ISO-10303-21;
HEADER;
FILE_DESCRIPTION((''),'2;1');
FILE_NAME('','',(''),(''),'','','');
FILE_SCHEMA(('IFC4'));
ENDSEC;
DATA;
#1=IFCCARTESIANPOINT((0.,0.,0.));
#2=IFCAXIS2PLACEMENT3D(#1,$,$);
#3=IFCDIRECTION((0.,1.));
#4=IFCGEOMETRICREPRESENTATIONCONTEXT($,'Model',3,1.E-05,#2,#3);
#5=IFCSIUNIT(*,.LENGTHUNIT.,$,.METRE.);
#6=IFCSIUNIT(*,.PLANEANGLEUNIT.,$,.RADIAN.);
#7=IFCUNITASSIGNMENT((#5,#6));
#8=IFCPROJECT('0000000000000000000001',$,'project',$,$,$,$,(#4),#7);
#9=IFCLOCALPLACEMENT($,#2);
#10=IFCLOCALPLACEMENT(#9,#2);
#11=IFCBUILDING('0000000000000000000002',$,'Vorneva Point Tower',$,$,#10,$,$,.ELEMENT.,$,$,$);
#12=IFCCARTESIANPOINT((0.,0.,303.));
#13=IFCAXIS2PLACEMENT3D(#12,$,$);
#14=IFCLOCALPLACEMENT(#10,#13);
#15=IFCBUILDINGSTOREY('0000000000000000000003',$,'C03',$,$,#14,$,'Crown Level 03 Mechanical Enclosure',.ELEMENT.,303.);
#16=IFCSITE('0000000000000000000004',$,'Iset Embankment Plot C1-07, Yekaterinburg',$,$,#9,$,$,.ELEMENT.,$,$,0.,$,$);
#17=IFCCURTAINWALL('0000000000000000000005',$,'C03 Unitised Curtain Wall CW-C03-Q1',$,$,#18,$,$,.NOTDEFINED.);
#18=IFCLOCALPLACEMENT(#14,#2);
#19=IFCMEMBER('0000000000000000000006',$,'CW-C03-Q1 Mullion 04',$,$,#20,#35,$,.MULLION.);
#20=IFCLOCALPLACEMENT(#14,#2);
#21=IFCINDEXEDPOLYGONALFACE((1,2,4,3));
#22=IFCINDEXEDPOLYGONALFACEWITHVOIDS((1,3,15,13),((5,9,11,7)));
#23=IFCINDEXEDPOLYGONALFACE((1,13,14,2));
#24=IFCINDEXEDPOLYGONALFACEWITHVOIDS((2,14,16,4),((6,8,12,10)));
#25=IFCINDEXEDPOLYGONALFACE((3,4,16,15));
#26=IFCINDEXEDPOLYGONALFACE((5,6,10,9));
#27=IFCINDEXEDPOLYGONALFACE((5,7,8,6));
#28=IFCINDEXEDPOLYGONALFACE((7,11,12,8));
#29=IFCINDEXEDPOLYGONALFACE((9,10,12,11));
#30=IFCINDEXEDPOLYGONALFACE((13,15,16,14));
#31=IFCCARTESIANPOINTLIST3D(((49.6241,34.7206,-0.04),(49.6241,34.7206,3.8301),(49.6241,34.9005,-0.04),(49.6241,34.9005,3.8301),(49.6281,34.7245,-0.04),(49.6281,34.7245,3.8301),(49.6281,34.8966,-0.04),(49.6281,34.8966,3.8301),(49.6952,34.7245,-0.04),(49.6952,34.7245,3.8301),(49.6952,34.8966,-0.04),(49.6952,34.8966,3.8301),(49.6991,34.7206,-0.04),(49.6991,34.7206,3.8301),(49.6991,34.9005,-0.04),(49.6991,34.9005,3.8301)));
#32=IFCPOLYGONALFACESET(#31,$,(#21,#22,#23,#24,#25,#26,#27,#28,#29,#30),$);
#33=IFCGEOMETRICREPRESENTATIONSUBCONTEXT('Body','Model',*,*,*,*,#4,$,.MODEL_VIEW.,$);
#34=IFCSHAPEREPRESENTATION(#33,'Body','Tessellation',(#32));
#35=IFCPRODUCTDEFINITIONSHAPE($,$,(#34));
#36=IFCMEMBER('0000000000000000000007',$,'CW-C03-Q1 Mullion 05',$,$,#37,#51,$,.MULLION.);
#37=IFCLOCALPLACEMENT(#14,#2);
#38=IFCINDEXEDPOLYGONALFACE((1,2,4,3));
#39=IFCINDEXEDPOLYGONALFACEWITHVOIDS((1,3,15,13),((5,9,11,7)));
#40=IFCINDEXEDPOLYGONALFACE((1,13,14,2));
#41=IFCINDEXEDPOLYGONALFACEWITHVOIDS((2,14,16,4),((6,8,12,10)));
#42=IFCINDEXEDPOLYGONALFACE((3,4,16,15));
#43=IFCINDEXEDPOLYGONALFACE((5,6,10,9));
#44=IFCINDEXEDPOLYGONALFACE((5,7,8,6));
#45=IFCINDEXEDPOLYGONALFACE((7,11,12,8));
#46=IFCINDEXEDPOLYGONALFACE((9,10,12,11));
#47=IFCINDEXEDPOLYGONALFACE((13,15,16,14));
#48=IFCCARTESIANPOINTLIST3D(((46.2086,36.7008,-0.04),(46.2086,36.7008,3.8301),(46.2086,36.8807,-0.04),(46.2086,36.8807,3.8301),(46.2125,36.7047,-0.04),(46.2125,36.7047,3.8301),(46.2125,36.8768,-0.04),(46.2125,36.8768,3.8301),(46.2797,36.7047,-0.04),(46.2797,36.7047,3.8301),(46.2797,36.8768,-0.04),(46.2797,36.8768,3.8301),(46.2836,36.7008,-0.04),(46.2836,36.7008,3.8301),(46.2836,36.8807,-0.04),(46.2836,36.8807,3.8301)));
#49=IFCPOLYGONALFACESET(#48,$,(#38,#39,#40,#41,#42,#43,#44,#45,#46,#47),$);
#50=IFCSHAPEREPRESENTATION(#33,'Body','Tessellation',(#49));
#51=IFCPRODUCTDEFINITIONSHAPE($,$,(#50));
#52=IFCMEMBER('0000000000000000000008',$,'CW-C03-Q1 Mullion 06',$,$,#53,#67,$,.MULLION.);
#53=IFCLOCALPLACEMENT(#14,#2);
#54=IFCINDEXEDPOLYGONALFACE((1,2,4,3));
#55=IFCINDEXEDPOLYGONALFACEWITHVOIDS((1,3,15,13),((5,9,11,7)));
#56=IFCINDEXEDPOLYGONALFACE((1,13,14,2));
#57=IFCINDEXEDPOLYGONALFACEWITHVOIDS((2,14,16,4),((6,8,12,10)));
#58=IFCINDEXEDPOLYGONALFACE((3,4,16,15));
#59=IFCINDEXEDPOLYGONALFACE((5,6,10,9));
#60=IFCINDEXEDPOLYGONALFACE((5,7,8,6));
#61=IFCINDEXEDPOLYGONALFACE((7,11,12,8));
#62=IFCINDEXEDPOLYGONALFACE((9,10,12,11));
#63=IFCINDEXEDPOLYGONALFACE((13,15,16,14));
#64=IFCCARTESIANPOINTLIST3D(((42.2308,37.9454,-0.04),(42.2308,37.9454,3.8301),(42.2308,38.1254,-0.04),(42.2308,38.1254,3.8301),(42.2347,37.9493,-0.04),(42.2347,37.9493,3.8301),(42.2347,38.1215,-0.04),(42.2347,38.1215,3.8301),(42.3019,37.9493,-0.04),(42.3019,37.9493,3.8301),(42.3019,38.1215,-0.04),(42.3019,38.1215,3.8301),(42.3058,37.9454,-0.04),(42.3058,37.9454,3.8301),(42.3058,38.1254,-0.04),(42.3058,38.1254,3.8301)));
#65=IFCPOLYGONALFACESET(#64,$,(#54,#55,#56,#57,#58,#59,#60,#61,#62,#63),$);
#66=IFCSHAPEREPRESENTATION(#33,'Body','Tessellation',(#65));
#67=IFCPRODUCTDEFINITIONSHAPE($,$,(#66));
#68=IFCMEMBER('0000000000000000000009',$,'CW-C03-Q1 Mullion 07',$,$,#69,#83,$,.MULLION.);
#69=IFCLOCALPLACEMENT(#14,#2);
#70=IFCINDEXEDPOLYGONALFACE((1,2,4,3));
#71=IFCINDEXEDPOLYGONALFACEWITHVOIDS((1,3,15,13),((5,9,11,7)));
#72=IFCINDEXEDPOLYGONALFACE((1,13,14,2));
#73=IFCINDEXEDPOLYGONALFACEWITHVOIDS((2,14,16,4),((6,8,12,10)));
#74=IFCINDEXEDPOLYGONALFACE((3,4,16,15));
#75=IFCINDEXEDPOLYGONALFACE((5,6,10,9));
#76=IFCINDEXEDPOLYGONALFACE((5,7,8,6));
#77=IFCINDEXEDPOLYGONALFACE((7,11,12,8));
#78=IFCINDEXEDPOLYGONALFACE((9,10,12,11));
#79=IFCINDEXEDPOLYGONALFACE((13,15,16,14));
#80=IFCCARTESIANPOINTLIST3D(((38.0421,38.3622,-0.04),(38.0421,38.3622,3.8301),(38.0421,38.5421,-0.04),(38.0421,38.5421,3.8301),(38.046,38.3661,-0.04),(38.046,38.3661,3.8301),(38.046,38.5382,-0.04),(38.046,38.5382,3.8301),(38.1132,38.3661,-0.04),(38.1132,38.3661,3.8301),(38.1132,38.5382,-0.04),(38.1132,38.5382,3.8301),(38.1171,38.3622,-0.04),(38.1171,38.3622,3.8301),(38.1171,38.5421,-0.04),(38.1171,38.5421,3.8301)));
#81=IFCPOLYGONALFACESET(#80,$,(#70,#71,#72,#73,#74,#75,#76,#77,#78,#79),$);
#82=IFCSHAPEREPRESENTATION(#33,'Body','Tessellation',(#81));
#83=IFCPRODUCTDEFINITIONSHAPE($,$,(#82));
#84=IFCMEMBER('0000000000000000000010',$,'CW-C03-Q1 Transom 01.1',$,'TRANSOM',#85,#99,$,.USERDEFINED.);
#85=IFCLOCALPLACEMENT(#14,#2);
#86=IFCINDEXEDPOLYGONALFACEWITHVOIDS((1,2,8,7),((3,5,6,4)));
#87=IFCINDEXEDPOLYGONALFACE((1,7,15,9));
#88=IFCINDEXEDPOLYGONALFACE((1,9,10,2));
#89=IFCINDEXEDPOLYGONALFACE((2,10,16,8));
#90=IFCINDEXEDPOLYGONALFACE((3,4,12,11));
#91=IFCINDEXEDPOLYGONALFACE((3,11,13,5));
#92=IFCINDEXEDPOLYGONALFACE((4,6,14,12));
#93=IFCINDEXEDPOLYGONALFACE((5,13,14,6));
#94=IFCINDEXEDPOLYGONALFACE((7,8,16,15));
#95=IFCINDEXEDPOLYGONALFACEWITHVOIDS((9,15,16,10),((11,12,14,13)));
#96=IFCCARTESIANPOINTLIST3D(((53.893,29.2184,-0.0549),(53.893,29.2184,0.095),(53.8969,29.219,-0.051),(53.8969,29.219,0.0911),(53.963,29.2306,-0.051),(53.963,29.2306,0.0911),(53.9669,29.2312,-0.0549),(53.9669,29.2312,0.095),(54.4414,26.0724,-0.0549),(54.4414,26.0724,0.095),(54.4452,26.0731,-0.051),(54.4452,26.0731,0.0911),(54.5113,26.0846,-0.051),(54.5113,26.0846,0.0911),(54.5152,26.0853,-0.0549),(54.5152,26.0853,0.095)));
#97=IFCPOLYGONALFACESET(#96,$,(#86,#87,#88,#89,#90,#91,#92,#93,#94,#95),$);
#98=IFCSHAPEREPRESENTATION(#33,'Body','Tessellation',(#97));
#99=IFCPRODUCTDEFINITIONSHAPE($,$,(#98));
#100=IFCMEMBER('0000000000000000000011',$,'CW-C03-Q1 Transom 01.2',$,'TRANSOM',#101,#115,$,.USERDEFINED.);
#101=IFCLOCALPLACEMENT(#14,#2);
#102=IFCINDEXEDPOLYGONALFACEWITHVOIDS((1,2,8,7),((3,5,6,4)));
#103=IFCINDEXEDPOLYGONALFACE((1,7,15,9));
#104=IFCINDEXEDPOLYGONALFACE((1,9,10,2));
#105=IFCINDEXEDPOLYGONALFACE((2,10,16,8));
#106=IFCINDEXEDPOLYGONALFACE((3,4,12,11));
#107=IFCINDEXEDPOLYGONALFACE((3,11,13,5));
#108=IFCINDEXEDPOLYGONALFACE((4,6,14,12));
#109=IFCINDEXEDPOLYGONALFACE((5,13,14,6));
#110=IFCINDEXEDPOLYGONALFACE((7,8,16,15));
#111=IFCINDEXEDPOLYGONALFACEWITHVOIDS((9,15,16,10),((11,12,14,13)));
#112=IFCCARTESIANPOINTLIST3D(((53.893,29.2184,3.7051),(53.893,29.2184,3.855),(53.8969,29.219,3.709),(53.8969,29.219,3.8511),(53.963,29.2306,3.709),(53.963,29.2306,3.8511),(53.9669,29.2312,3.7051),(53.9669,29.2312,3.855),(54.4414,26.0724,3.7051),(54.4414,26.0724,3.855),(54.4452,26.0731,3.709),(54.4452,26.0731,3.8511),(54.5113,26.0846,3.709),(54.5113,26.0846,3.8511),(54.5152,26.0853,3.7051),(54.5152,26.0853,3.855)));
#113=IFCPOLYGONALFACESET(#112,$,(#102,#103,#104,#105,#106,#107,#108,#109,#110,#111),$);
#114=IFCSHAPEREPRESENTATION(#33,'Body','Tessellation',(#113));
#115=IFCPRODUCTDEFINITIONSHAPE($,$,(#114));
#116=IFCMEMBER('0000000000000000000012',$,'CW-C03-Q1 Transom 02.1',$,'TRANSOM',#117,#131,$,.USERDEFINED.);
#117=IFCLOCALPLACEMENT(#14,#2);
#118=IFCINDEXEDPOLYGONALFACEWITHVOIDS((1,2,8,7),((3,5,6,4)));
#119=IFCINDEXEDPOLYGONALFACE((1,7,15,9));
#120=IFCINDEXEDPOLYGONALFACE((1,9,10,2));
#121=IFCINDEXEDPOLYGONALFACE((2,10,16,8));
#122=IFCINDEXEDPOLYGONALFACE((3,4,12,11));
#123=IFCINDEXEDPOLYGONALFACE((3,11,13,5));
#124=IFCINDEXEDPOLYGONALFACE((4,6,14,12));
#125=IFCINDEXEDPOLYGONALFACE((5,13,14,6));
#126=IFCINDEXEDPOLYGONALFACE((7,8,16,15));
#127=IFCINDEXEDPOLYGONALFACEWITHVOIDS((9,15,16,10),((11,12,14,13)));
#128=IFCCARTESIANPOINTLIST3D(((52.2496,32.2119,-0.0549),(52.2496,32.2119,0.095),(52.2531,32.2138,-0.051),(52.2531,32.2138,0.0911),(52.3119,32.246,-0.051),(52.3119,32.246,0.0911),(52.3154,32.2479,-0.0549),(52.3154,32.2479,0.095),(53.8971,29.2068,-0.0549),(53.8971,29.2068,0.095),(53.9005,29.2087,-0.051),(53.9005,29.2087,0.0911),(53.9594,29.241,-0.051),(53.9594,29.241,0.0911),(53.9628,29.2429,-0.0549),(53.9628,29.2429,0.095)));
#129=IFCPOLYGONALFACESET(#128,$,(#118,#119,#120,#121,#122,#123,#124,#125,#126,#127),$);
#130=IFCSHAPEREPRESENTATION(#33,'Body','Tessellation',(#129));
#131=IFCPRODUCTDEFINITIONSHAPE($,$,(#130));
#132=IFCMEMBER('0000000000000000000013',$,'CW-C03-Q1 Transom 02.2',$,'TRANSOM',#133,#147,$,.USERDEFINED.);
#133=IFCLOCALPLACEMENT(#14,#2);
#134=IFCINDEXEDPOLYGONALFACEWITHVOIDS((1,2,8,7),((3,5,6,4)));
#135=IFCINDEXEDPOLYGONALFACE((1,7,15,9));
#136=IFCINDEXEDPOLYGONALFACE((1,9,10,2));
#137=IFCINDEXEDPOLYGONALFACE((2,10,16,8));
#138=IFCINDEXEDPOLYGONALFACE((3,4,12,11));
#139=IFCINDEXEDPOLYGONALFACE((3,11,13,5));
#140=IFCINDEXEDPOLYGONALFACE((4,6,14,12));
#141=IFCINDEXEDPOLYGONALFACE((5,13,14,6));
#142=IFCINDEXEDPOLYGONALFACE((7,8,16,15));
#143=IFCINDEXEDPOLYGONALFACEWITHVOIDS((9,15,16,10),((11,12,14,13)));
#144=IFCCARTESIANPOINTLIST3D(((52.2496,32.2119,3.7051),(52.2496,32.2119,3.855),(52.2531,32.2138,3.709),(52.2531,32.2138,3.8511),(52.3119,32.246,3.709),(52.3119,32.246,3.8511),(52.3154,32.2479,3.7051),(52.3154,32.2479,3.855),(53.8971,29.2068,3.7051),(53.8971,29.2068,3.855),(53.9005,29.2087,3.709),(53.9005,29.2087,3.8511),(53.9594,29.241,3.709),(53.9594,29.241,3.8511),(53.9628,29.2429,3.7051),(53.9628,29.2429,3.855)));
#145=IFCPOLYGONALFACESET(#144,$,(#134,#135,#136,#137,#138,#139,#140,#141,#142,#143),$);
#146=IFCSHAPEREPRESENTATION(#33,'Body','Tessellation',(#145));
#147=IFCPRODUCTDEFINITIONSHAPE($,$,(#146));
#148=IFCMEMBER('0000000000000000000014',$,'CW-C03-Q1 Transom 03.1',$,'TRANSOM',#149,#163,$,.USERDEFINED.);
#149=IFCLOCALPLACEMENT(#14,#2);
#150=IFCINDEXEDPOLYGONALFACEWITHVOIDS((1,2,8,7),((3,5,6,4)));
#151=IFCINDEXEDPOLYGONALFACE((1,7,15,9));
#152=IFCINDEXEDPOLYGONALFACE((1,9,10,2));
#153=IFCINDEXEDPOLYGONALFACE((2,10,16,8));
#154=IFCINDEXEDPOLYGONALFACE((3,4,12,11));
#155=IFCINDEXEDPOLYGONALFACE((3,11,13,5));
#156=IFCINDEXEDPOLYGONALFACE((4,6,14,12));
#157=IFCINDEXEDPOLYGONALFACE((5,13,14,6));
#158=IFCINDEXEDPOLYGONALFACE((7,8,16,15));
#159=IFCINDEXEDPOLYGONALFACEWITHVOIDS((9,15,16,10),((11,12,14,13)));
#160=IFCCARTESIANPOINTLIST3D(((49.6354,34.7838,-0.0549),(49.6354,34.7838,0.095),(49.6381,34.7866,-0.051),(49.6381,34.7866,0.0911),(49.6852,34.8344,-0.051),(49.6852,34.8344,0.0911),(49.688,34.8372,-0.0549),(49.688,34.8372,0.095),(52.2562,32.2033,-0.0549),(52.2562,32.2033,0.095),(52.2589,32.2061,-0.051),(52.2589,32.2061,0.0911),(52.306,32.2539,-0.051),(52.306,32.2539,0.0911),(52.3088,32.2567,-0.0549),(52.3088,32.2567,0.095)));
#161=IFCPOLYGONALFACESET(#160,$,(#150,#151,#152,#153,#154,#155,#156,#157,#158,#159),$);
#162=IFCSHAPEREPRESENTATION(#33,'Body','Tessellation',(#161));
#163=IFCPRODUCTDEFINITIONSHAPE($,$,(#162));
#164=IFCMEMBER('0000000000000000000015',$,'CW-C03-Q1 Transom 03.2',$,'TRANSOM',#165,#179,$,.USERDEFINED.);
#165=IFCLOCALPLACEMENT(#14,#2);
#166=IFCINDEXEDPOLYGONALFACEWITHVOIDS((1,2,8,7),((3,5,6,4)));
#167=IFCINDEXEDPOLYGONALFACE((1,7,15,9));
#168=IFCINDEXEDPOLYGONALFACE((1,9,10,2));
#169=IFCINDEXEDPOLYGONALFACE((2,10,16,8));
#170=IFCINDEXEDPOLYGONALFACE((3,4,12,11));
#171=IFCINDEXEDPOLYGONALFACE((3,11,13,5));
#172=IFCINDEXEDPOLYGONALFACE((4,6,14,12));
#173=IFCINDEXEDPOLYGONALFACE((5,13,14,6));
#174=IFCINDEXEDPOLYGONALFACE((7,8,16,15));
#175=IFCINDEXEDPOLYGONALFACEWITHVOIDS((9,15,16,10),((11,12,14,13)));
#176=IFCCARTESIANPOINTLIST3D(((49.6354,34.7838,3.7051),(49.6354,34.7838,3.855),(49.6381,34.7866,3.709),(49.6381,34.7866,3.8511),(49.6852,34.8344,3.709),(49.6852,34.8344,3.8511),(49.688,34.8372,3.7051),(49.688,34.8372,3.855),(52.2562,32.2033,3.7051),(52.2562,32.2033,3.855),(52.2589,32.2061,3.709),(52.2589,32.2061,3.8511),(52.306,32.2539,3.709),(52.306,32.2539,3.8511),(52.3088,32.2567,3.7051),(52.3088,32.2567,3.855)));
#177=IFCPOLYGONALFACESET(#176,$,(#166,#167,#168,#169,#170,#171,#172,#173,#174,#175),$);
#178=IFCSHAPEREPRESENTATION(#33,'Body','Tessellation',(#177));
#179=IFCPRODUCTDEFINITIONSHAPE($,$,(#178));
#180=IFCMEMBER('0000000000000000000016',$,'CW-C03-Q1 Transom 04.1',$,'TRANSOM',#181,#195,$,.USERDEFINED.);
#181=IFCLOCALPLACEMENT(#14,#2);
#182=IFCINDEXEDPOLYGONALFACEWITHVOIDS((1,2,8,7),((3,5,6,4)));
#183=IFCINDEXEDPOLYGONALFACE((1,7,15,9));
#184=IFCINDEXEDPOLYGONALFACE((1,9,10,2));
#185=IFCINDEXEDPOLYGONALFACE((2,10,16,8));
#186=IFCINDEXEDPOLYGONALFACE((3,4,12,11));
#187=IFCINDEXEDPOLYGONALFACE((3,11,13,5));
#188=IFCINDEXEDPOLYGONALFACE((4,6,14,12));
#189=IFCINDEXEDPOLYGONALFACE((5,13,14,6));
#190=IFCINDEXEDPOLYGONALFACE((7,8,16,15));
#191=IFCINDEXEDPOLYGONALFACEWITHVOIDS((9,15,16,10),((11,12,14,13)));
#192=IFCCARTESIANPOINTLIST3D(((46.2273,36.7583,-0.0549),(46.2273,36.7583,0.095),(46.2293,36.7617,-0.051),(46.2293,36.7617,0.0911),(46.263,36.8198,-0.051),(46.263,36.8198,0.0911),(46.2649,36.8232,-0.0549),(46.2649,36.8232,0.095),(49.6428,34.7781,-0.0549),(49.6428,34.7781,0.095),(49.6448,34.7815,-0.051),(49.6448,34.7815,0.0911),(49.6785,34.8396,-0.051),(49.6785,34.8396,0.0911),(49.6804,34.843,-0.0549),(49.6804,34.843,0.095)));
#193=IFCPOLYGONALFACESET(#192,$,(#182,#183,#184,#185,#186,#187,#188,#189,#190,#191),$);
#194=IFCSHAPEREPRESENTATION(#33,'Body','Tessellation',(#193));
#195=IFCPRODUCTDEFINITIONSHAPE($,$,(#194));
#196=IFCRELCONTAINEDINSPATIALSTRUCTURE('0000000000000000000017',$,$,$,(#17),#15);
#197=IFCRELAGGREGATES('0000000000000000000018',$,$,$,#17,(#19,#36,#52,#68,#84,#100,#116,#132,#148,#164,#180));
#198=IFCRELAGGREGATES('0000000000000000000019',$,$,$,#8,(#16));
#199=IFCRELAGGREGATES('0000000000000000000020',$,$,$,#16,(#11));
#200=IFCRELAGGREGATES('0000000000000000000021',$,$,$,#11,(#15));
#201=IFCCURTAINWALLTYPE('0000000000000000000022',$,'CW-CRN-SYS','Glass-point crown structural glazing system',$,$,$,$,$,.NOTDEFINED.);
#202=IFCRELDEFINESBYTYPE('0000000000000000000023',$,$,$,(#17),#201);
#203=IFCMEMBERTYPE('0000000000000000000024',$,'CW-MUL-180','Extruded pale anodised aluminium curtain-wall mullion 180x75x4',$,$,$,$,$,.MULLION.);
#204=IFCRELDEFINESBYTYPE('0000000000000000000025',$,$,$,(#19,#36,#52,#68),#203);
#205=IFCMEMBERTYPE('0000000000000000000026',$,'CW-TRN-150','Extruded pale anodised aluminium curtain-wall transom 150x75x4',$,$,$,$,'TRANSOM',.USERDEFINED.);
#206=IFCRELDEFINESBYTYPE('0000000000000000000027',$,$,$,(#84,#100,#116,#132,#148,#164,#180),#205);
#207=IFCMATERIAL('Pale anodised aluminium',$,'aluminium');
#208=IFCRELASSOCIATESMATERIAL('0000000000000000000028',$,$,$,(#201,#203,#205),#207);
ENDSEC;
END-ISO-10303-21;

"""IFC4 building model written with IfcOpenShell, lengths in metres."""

from ifc_helpers import new_model, si_unit, direction, frame, origin, origin_2d, place, context, subcontext, project, spatial, hollow_rectangle, extrude, material, material_profile, profile_set, type_object, element, aggregate, save


model = new_model("IFC4")

# Units and contexts
model_context = context("Model", 3, precision=1e-05, world=origin(), true_north=direction((0.0, 1.0)))
body_context = subcontext(model_context, "Body", "Model", "MODEL_VIEW")
ifc_project = project(units=[si_unit("LENGTHUNIT", "METRE"), si_unit("PLANEANGLEUNIT", "RADIAN")], contexts=[model_context])

# Site, building, storey
site_placement = place(None, origin())
site = spatial("IfcSite", under=ifc_project, at=site_placement, Name="Iset Embankment Plot C1-07, Yekaterinburg", CompositionType="ELEMENT", RefElevation=0.0)
building_placement = place(site_placement, origin())
building = spatial("IfcBuilding", under=site, at=building_placement, Name="Vorneva Point Tower", CompositionType="ELEMENT")
storey_placement = place(building_placement, frame((0.0, 0.0, 303.0)))
storey = spatial("IfcBuildingStorey", under=building, at=storey_placement, Name="C03", LongName="Crown Level 03 Mechanical Enclosure", CompositionType="ELEMENT", Elevation=303.0)

# Curtain wall, members
ifc_material_1 = material(Name="Pale anodised aluminium", Category="aluminium")
curtain_wall_type = type_object("IfcCurtainWallType", Name="CW-CRN-SYS", Description="Glass-point crown structural glazing system", PredefinedType="NOTDEFINED", material=ifc_material_1)
curtain_wall_placement = place(storey_placement, origin())
curtain_wall = element("IfcCurtainWall", 1, at=curtain_wall_placement, inside=storey, type_object=curtain_wall_type, Name="C03 Unitised Curtain Wall CW-C03-Q1", PredefinedType="NOTDEFINED")
ifc_material_profile_1 = material_profile(ifc_material_1, hollow_rectangle(XDim=0.075, YDim=0.1799, WallThickness=0.0039, at=origin_2d()), Name="AL-MUL 180x75x4")
ifc_profile_set_1 = profile_set([ifc_material_profile_1], Name="Pale anodised aluminium")
member_type_1 = type_object("IfcMemberType", Name="CW-MUL-180", Description="Extruded pale anodised aluminium curtain-wall mullion 180x75x4", PredefinedType="MULLION", material=ifc_profile_set_1)
member_1_placement = place(storey_placement, frame((49.6616, 34.8105, -0.04), z_axis=(0.0, 0.0, 1.0), x_axis=(1.0, 0.0, 0.0)))
member_1 = element("IfcMember", 2, at=member_1_placement, type_object=member_type_1, Name="CW-C03-Q1 Mullion 04", PredefinedType="MULLION", context=body_context, shape_type="SweptSolid", body=[
    extrude(hollow_rectangle(XDim=0.075, YDim=0.1799, WallThickness=0.0039, at=origin_2d()), origin(), (0.0, 0.0, 1.0), 3.8701),
])
member_2_placement = place(storey_placement, frame((46.2461, 36.7908, -0.04), z_axis=(0.0, 0.0, 1.0), x_axis=(1.0, 0.0, 0.0)))
member_2 = element("IfcMember", 3, at=member_2_placement, type_object=member_type_1, Name="CW-C03-Q1 Mullion 05", PredefinedType="MULLION", context=body_context, shape_type="SweptSolid", body=[
    extrude(hollow_rectangle(XDim=0.075, YDim=0.1799, WallThickness=0.0039, at=origin_2d()), origin(), (0.0, 0.0, 1.0), 3.8701),
])
member_3_placement = place(storey_placement, frame((42.2683, 38.0354, -0.04), z_axis=(0.0, 0.0, 1.0), x_axis=(1.0, 0.0, 0.0)))
member_3 = element("IfcMember", 4, at=member_3_placement, type_object=member_type_1, Name="CW-C03-Q1 Mullion 06", PredefinedType="MULLION", context=body_context, shape_type="SweptSolid", body=[
    extrude(hollow_rectangle(XDim=0.075, YDim=0.1799, WallThickness=0.0039, at=origin_2d()), origin(), (0.0, 0.0, 1.0), 3.8701),
])
member_4_placement = place(storey_placement, frame((38.0796, 38.4521, -0.04), z_axis=(0.0, 0.0, 1.0), x_axis=(1.0, 0.0, 0.0)))
member_4 = element("IfcMember", 5, at=member_4_placement, type_object=member_type_1, Name="CW-C03-Q1 Mullion 07", PredefinedType="MULLION", context=body_context, shape_type="SweptSolid", body=[
    extrude(hollow_rectangle(XDim=0.075, YDim=0.1799, WallThickness=0.0039, at=origin_2d()), origin(), (0.0, 0.0, 1.0), 3.8701),
])
ifc_material_profile_2 = material_profile(ifc_material_1, hollow_rectangle(XDim=0.075, YDim=0.1499, WallThickness=0.0039, at=origin_2d()), Name="AL-TRN 150x75x4")
ifc_profile_set_2 = profile_set([ifc_material_profile_2], Name="Pale anodised aluminium")
member_type_2 = type_object("IfcMemberType", Name="CW-TRN-150", Description="Extruded pale anodised aluminium curtain-wall transom 150x75x4", ElementType="TRANSOM", PredefinedType="USERDEFINED", material=ifc_profile_set_2)
member_5_placement = place(storey_placement, frame((54.4783, 26.0789, 0.02), z_axis=(-0.171709, 0.985148, 0.0), x_axis=(-0.985148, -0.171709, 0.0)))
member_5 = element("IfcMember", 6, at=member_5_placement, type_object=member_type_2, Name="CW-C03-Q1 Transom 01.1", ObjectType="TRANSOM", PredefinedType="USERDEFINED", context=body_context, shape_type="SweptSolid", body=[
    extrude(hollow_rectangle(XDim=0.075, YDim=0.1499, WallThickness=0.0039, at=origin_2d()), origin(), (0.0, 0.0, 1.0), 3.1934),
])
member_6_placement = place(storey_placement, frame((54.4783, 26.0789, 3.78), z_axis=(-0.171709, 0.985148, 0.0), x_axis=(-0.985148, -0.171709, 0.0)))
member_6 = element("IfcMember", 7, at=member_6_placement, type_object=member_type_2, Name="CW-C03-Q1 Transom 01.2", ObjectType="TRANSOM", PredefinedType="USERDEFINED", context=body_context, shape_type="SweptSolid", body=[
    extrude(hollow_rectangle(XDim=0.075, YDim=0.1499, WallThickness=0.0039, at=origin_2d()), origin(), (0.0, 0.0, 1.0), 3.1934),
])
member_7_placement = place(storey_placement, frame((53.9299, 29.2249, 0.02), z_axis=(-0.480718, 0.876875, 0.0), x_axis=(-0.876875, -0.480718, 0.0)))
member_7 = element("IfcMember", 8, at=member_7_placement, type_object=member_type_2, Name="CW-C03-Q1 Transom 02.1", ObjectType="TRANSOM", PredefinedType="USERDEFINED", context=body_context, shape_type="SweptSolid", body=[
    extrude(hollow_rectangle(XDim=0.075, YDim=0.1499, WallThickness=0.0039, at=origin_2d()), origin(), (0.0, 0.0, 1.0), 3.427),
])
member_8_placement = place(storey_placement, frame((53.9299, 29.2249, 3.78), z_axis=(-0.480718, 0.876875, 0.0), x_axis=(-0.876875, -0.480718, 0.0)))
member_8 = element("IfcMember", 9, at=member_8_placement, type_object=member_type_2, Name="CW-C03-Q1 Transom 02.2", ObjectType="TRANSOM", PredefinedType="USERDEFINED", context=body_context, shape_type="SweptSolid", body=[
    extrude(hollow_rectangle(XDim=0.075, YDim=0.1499, WallThickness=0.0039, at=origin_2d()), origin(), (0.0, 0.0, 1.0), 3.427),
])
member_9_placement = place(storey_placement, frame((52.2825, 32.23, 0.02), z_axis=(-0.712562, 0.701609, 0.0), x_axis=(-0.701609, -0.712562, 0.0)))
member_9 = element("IfcMember", 10, at=member_9_placement, type_object=member_type_2, Name="CW-C03-Q1 Transom 03.1", ObjectType="TRANSOM", PredefinedType="USERDEFINED", context=body_context, shape_type="SweptSolid", body=[
    extrude(hollow_rectangle(XDim=0.075, YDim=0.1499, WallThickness=0.0039, at=origin_2d()), origin(), (0.0, 0.0, 1.0), 3.678),
])
member_10_placement = place(storey_placement, frame((52.2825, 32.23, 3.78), z_axis=(-0.712562, 0.701609, 0.0), x_axis=(-0.701609, -0.712562, 0.0)))
member_10 = element("IfcMember", 11, at=member_10_placement, type_object=member_type_2, Name="CW-C03-Q1 Transom 03.2", ObjectType="TRANSOM", PredefinedType="USERDEFINED", context=body_context, shape_type="SweptSolid", body=[
    extrude(hollow_rectangle(XDim=0.075, YDim=0.1499, WallThickness=0.0039, at=origin_2d()), origin(), (0.0, 0.0, 1.0), 3.678),
])
member_11_placement = place(storey_placement, frame((49.6616, 34.8105, 0.02), z_axis=(-0.865117, 0.50157, 0.0), x_axis=(-0.50157, -0.865117, 0.0)))
member_11 = element("IfcMember", 12, at=member_11_placement, type_object=member_type_2, Name="CW-C03-Q1 Transom 04.1", ObjectType="TRANSOM", PredefinedType="USERDEFINED", context=body_context, shape_type="SweptSolid", body=[
    extrude(hollow_rectangle(XDim=0.075, YDim=0.1499, WallThickness=0.0039, at=origin_2d()), origin(), (0.0, 0.0, 1.0), 3.948),
])

aggregate(curtain_wall, [member_1, member_2, member_3, member_4, member_5, member_6, member_7, member_8, member_9, member_10, member_11])

save(model, "model.ifc")
